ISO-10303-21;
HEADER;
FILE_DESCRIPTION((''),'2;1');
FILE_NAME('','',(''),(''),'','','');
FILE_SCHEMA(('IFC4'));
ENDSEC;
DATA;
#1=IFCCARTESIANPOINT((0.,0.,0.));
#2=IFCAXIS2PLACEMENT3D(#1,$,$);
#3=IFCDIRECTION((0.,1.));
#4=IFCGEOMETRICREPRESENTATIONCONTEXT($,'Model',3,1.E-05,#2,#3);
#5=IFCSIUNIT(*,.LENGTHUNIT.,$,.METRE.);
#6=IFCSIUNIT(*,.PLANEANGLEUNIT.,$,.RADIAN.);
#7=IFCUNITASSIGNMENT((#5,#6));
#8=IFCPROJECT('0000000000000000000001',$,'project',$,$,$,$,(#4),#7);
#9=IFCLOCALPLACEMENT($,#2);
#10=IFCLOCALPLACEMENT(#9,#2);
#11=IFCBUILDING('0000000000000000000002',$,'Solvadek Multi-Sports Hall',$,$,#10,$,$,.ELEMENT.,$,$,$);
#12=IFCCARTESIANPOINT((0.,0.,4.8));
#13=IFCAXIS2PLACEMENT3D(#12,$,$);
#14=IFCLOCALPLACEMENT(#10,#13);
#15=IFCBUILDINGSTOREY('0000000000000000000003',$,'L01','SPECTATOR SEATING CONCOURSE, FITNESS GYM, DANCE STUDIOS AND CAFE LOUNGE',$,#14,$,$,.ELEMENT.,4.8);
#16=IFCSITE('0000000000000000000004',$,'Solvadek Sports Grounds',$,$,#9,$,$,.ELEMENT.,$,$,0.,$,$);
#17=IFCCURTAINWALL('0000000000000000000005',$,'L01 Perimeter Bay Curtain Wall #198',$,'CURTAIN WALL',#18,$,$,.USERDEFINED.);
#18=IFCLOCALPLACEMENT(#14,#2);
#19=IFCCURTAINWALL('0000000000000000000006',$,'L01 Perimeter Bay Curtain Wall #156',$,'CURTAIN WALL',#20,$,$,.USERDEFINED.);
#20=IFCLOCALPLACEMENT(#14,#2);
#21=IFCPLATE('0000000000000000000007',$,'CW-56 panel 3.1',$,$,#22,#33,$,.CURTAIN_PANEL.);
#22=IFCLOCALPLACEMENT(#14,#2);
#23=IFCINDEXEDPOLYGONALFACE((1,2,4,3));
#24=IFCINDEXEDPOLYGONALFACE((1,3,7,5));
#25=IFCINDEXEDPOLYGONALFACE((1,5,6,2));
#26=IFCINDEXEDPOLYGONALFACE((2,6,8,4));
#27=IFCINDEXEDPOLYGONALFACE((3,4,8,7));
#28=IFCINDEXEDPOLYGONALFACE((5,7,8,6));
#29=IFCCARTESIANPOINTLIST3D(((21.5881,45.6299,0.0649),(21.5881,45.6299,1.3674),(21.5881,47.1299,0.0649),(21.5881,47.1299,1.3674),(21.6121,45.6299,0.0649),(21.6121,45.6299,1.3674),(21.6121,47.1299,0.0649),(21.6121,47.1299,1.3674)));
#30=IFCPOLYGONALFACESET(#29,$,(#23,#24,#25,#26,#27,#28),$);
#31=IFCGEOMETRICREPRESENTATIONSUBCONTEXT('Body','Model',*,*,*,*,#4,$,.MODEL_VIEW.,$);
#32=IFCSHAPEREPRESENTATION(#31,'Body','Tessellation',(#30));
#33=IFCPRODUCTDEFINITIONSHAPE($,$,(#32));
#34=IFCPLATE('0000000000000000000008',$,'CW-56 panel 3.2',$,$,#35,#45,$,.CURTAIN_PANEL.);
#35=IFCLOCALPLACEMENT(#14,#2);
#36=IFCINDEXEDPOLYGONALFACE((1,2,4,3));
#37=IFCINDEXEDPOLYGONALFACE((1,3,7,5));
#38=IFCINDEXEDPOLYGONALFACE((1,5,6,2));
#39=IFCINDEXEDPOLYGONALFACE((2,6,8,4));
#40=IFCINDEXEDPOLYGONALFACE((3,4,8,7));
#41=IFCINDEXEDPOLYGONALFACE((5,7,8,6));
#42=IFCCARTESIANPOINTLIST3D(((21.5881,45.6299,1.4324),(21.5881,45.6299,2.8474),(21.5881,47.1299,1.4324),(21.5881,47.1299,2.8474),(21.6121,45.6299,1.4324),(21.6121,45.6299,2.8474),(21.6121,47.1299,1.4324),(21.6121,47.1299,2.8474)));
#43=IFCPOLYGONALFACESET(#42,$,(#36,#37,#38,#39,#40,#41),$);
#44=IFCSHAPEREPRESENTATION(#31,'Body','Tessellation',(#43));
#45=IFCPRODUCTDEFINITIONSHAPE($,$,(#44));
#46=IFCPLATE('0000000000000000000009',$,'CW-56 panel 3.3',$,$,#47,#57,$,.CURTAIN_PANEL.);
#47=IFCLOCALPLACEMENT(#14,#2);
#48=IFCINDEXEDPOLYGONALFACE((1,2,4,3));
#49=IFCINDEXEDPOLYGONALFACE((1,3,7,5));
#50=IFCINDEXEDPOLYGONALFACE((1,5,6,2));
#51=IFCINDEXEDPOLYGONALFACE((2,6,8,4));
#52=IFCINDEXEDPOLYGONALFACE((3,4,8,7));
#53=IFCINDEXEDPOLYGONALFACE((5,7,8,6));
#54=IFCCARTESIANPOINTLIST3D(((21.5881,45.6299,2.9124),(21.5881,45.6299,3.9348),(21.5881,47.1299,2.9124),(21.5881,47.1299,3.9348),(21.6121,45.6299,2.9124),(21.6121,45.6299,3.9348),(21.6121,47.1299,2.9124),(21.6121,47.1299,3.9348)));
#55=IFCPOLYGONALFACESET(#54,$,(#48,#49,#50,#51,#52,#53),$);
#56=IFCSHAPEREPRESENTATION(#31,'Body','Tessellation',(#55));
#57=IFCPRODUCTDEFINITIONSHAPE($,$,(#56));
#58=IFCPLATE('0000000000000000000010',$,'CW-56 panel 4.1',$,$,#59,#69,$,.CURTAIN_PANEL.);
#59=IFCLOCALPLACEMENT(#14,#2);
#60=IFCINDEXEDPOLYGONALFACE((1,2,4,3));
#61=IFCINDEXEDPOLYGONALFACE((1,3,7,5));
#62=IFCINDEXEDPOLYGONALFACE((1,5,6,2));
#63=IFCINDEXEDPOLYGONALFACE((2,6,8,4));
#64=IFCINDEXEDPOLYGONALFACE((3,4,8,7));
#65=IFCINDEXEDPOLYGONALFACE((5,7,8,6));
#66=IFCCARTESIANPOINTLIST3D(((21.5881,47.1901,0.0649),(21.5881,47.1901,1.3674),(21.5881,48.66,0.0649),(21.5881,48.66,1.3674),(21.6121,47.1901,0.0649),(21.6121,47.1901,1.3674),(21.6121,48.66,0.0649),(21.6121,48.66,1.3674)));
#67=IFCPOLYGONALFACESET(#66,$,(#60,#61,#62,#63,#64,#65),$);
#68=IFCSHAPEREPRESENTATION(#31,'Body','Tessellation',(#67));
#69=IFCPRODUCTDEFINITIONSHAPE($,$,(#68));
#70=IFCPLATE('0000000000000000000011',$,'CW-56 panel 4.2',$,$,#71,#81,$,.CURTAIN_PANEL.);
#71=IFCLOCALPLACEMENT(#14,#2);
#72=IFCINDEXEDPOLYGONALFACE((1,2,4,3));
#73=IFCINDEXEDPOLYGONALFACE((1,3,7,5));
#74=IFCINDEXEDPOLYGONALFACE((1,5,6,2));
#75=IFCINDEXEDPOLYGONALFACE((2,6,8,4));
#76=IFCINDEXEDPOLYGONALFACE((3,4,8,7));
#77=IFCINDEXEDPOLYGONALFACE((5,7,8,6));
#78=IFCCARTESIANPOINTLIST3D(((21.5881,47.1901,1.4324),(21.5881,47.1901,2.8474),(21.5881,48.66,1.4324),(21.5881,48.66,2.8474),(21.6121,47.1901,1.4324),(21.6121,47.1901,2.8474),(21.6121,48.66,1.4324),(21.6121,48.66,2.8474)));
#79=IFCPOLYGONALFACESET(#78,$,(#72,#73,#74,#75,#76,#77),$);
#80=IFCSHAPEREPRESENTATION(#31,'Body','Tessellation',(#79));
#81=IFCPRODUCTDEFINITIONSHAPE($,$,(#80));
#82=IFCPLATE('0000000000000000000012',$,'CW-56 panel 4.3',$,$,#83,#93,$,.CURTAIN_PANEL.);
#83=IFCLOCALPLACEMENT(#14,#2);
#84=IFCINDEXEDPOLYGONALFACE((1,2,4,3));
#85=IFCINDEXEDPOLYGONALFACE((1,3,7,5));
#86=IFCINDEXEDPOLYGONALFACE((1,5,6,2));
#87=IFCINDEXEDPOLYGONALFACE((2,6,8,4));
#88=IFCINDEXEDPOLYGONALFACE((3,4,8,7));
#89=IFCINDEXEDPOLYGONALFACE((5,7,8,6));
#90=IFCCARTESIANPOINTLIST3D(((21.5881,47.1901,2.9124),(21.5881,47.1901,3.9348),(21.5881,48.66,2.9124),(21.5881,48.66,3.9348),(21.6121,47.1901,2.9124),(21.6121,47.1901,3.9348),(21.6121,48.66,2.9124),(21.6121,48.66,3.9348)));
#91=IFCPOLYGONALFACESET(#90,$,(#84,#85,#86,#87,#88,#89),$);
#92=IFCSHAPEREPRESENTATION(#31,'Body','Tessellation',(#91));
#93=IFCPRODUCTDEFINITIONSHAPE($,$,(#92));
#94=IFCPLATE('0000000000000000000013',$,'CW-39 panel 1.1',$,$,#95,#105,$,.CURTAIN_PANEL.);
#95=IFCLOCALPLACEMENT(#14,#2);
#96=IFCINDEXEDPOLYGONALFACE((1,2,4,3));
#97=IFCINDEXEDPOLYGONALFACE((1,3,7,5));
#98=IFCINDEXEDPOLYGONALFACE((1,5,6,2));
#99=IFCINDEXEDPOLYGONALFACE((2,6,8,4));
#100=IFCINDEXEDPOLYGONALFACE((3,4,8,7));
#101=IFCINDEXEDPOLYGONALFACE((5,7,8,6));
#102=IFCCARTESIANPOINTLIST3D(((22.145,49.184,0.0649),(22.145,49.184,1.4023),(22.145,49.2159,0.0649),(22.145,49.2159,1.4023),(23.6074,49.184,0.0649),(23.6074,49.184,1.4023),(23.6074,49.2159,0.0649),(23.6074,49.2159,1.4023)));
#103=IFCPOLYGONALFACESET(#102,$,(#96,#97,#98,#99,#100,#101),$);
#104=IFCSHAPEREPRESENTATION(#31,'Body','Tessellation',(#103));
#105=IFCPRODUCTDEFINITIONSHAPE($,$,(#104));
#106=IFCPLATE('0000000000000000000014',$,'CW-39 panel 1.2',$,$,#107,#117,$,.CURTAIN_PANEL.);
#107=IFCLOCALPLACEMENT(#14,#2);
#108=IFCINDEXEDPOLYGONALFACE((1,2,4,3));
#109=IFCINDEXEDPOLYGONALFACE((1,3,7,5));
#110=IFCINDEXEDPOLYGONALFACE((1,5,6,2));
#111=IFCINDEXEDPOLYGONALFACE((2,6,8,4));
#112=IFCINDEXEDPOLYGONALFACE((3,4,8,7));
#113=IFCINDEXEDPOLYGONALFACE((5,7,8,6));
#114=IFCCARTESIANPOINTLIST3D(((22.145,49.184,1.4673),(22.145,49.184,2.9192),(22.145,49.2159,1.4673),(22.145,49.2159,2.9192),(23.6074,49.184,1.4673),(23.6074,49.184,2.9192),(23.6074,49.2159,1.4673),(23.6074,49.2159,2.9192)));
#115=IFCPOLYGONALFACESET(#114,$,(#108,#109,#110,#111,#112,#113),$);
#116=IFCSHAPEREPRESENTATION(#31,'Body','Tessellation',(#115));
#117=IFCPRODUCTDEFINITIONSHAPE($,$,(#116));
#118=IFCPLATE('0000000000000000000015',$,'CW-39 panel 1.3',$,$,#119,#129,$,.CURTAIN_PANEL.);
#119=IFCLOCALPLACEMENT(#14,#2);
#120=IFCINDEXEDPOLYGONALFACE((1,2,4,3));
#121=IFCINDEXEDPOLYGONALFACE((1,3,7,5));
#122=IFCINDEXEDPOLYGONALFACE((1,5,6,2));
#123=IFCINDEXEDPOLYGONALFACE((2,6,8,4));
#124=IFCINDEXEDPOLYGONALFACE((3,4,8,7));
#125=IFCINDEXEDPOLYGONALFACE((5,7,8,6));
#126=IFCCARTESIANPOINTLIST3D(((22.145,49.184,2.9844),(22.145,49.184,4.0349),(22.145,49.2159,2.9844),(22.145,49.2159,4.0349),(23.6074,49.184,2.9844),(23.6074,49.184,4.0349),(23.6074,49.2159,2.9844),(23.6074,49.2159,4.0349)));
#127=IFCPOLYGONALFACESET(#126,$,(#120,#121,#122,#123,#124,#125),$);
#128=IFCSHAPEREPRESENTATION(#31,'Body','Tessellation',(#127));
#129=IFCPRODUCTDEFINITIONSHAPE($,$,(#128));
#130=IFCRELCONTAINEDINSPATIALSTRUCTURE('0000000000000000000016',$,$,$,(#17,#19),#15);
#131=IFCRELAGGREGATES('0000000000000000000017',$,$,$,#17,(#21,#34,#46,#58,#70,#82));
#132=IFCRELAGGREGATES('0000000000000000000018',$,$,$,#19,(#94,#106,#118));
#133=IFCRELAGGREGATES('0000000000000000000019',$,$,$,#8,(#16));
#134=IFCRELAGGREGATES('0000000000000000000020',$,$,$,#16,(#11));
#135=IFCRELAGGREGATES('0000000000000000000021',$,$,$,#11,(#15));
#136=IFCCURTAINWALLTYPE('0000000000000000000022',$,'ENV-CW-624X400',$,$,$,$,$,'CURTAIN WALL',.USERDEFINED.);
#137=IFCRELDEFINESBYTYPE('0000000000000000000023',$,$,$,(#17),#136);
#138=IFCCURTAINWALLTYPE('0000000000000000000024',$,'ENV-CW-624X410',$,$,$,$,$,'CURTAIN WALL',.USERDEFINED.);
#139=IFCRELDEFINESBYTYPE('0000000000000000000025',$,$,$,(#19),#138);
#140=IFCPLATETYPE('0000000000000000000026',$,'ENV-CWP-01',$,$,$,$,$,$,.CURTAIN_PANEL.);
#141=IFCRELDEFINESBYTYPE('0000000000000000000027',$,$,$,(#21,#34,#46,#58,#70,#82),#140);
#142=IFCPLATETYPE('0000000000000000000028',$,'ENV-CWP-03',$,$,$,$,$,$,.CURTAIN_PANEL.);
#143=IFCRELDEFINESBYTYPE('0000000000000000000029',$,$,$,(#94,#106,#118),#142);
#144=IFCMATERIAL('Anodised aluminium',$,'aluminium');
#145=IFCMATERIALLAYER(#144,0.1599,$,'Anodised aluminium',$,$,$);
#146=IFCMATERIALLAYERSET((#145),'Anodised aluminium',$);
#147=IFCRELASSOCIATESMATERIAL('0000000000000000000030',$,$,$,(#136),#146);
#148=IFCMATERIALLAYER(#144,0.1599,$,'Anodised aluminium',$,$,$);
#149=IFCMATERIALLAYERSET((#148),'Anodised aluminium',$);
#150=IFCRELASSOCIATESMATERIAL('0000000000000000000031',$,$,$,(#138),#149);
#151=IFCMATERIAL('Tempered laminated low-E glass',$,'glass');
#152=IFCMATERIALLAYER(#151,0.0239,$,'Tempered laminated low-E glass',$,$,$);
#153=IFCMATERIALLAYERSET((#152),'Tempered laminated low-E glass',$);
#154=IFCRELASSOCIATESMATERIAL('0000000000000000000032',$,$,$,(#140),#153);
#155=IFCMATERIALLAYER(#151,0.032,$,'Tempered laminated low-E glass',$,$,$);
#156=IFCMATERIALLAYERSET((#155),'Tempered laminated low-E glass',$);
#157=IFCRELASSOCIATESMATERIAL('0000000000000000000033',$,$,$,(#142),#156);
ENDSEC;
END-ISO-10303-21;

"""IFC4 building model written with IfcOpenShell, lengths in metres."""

from ifc_helpers import new_model, si_unit, direction, frame, origin, origin_2d, place, context, subcontext, project, spatial, rectangle, extrude, material, layer, layer_set, type_object, element, aggregate, save


model = new_model("IFC4")

# Units and contexts
model_context = context("Model", 3, precision=1e-05, world=origin(), true_north=direction((0.0, 1.0)))
body_context = subcontext(model_context, "Body", "Model", "MODEL_VIEW")
ifc_project = project(units=[si_unit("LENGTHUNIT", "METRE"), si_unit("PLANEANGLEUNIT", "RADIAN")], contexts=[model_context])

# Site, building, storey
site_placement = place(None, origin())
site = spatial("IfcSite", under=ifc_project, at=site_placement, Name="Solvadek Sports Grounds", CompositionType="ELEMENT", RefElevation=0.0)
building_placement = place(site_placement, origin())
building = spatial("IfcBuilding", under=site, at=building_placement, Name="Solvadek Multi-Sports Hall", CompositionType="ELEMENT")
storey_placement = place(building_placement, frame((0.0, 0.0, 4.8)))
storey = spatial("IfcBuildingStorey", under=building, at=storey_placement, Name="L01", Description="SPECTATOR SEATING CONCOURSE, FITNESS GYM, DANCE STUDIOS AND CAFE LOUNGE", CompositionType="ELEMENT", Elevation=4.8)

# Curtain walls
ifc_material_1 = material(Name="Anodised aluminium", Category="aluminium")
ifc_layer_1 = layer(ifc_material_1, 0.1599, Name="Anodised aluminium")
ifc_layer_set_1 = layer_set([ifc_layer_1], Name="Anodised aluminium")
curtain_wall_type_1 = type_object("IfcCurtainWallType", Name="ENV-CW-624X400", ElementType="CURTAIN WALL", PredefinedType="USERDEFINED", material=ifc_layer_set_1)
curtain_wall_1_placement = place(storey_placement, origin())
curtain_wall_1 = element("IfcCurtainWall", 1, at=curtain_wall_1_placement, inside=storey, type_object=curtain_wall_type_1, Name="L01 Perimeter Bay Curtain Wall #198", ObjectType="CURTAIN WALL", PredefinedType="USERDEFINED")
ifc_layer_2 = layer(ifc_material_1, 0.1599, Name="Anodised aluminium")
ifc_layer_set_2 = layer_set([ifc_layer_2], Name="Anodised aluminium")
curtain_wall_type_2 = type_object("IfcCurtainWallType", Name="ENV-CW-624X410", ElementType="CURTAIN WALL", PredefinedType="USERDEFINED", material=ifc_layer_set_2)
curtain_wall_2_placement = place(storey_placement, origin())
curtain_wall_2 = element("IfcCurtainWall", 2, at=curtain_wall_2_placement, inside=storey, type_object=curtain_wall_type_2, Name="L01 Perimeter Bay Curtain Wall #156", ObjectType="CURTAIN WALL", PredefinedType="USERDEFINED")

# Plates
ifc_material_2 = material(Name="Tempered laminated low-E glass", Category="glass")
ifc_layer_3 = layer(ifc_material_2, 0.0239, Name="Tempered laminated low-E glass")
ifc_layer_set_3 = layer_set([ifc_layer_3], Name="Tempered laminated low-E glass")
plate_type_1 = type_object("IfcPlateType", Name="ENV-CWP-01", PredefinedType="CURTAIN_PANEL", material=ifc_layer_set_3)
plate_1_placement = place(storey_placement, frame((21.6001, 46.3799, 0.0649), z_axis=(0.0, 0.0, 1.0), x_axis=(0.0, 1.0, 0.0)))
plate_1 = element("IfcPlate", 3, at=plate_1_placement, type_object=plate_type_1, Name="CW-56 panel 3.1", PredefinedType="CURTAIN_PANEL", context=body_context, shape_type="SweptSolid", body=[
    extrude(rectangle(XDim=1.5, YDim=0.0239, at=origin_2d()), origin(), (0.0, 0.0, 1.0), 1.3025),
])
plate_2_placement = place(storey_placement, frame((21.6001, 46.3799, 1.4324), z_axis=(0.0, 0.0, 1.0), x_axis=(0.0, 1.0, 0.0)))
plate_2 = element("IfcPlate", 4, at=plate_2_placement, type_object=plate_type_1, Name="CW-56 panel 3.2", PredefinedType="CURTAIN_PANEL", context=body_context, shape_type="SweptSolid", body=[
    extrude(rectangle(XDim=1.5, YDim=0.0239, at=origin_2d()), origin(), (0.0, 0.0, 1.0), 1.415),
])
plate_3_placement = place(storey_placement, frame((21.6001, 46.3799, 2.9124), z_axis=(0.0, 0.0, 1.0), x_axis=(0.0, 1.0, 0.0)))
plate_3 = element("IfcPlate", 5, at=plate_3_placement, type_object=plate_type_1, Name="CW-56 panel 3.3", PredefinedType="CURTAIN_PANEL", context=body_context, shape_type="SweptSolid", body=[
    extrude(rectangle(XDim=1.5, YDim=0.0239, at=origin_2d()), origin(), (0.0, 0.0, 1.0), 1.0225),
])
plate_4_placement = place(storey_placement, frame((21.6001, 47.925, 0.0649), z_axis=(0.0, 0.0, 1.0), x_axis=(0.0, 1.0, 0.0)))
plate_4 = element("IfcPlate", 6, at=plate_4_placement, type_object=plate_type_1, Name="CW-56 panel 4.1", PredefinedType="CURTAIN_PANEL", context=body_context, shape_type="SweptSolid", body=[
    extrude(rectangle(XDim=1.47, YDim=0.0239, at=origin_2d()), origin(), (0.0, 0.0, 1.0), 1.3025),
])
plate_5_placement = place(storey_placement, frame((21.6001, 47.925, 1.4324), z_axis=(0.0, 0.0, 1.0), x_axis=(0.0, 1.0, 0.0)))
plate_5 = element("IfcPlate", 7, at=plate_5_placement, type_object=plate_type_1, Name="CW-56 panel 4.2", PredefinedType="CURTAIN_PANEL", context=body_context, shape_type="SweptSolid", body=[
    extrude(rectangle(XDim=1.47, YDim=0.0239, at=origin_2d()), origin(), (0.0, 0.0, 1.0), 1.415),
])
plate_6_placement = place(storey_placement, frame((21.6001, 47.925, 2.9124), z_axis=(0.0, 0.0, 1.0), x_axis=(0.0, 1.0, 0.0)))
plate_6 = element("IfcPlate", 8, at=plate_6_placement, type_object=plate_type_1, Name="CW-56 panel 4.3", PredefinedType="CURTAIN_PANEL", context=body_context, shape_type="SweptSolid", body=[
    extrude(rectangle(XDim=1.47, YDim=0.0239, at=origin_2d()), origin(), (0.0, 0.0, 1.0), 1.0225),
])
aggregate(curtain_wall_1, [plate_1, plate_2, plate_3, plate_4, plate_5, plate_6])
ifc_layer_4 = layer(ifc_material_2, 0.032, Name="Tempered laminated low-E glass")
ifc_layer_set_4 = layer_set([ifc_layer_4], Name="Tempered laminated low-E glass")
plate_type_2 = type_object("IfcPlateType", Name="ENV-CWP-03", PredefinedType="CURTAIN_PANEL", material=ifc_layer_set_4)
plate_7_placement = place(storey_placement, frame((22.8762, 49.2, 0.0649), z_axis=(0.0, 0.0, 1.0), x_axis=(1.0, 0.0, 0.0)))
plate_7 = element("IfcPlate", 9, at=plate_7_placement, type_object=plate_type_2, Name="CW-39 panel 1.1", PredefinedType="CURTAIN_PANEL", context=body_context, shape_type="SweptSolid", body=[
    extrude(rectangle(XDim=1.4624, YDim=0.032, at=origin_2d()), origin(), (0.0, 0.0, 1.0), 1.3374),
])
plate_8_placement = place(storey_placement, frame((22.8762, 49.2, 1.4673), z_axis=(0.0, 0.0, 1.0), x_axis=(1.0, 0.0, 0.0)))
plate_8 = element("IfcPlate", 10, at=plate_8_placement, type_object=plate_type_2, Name="CW-39 panel 1.2", PredefinedType="CURTAIN_PANEL", context=body_context, shape_type="SweptSolid", body=[
    extrude(rectangle(XDim=1.4624, YDim=0.032, at=origin_2d()), origin(), (0.0, 0.0, 1.0), 1.4519),
])
plate_9_placement = place(storey_placement, frame((22.8762, 49.2, 2.9844), z_axis=(0.0, 0.0, 1.0), x_axis=(1.0, 0.0, 0.0)))
plate_9 = element("IfcPlate", 11, at=plate_9_placement, type_object=plate_type_2, Name="CW-39 panel 1.3", PredefinedType="CURTAIN_PANEL", context=body_context, shape_type="SweptSolid", body=[
    extrude(rectangle(XDim=1.4624, YDim=0.032, at=origin_2d()), origin(), (0.0, 0.0, 1.0), 1.0505),
])
aggregate(curtain_wall_2, [plate_7, plate_8, plate_9])

save(model, "model.ifc")
